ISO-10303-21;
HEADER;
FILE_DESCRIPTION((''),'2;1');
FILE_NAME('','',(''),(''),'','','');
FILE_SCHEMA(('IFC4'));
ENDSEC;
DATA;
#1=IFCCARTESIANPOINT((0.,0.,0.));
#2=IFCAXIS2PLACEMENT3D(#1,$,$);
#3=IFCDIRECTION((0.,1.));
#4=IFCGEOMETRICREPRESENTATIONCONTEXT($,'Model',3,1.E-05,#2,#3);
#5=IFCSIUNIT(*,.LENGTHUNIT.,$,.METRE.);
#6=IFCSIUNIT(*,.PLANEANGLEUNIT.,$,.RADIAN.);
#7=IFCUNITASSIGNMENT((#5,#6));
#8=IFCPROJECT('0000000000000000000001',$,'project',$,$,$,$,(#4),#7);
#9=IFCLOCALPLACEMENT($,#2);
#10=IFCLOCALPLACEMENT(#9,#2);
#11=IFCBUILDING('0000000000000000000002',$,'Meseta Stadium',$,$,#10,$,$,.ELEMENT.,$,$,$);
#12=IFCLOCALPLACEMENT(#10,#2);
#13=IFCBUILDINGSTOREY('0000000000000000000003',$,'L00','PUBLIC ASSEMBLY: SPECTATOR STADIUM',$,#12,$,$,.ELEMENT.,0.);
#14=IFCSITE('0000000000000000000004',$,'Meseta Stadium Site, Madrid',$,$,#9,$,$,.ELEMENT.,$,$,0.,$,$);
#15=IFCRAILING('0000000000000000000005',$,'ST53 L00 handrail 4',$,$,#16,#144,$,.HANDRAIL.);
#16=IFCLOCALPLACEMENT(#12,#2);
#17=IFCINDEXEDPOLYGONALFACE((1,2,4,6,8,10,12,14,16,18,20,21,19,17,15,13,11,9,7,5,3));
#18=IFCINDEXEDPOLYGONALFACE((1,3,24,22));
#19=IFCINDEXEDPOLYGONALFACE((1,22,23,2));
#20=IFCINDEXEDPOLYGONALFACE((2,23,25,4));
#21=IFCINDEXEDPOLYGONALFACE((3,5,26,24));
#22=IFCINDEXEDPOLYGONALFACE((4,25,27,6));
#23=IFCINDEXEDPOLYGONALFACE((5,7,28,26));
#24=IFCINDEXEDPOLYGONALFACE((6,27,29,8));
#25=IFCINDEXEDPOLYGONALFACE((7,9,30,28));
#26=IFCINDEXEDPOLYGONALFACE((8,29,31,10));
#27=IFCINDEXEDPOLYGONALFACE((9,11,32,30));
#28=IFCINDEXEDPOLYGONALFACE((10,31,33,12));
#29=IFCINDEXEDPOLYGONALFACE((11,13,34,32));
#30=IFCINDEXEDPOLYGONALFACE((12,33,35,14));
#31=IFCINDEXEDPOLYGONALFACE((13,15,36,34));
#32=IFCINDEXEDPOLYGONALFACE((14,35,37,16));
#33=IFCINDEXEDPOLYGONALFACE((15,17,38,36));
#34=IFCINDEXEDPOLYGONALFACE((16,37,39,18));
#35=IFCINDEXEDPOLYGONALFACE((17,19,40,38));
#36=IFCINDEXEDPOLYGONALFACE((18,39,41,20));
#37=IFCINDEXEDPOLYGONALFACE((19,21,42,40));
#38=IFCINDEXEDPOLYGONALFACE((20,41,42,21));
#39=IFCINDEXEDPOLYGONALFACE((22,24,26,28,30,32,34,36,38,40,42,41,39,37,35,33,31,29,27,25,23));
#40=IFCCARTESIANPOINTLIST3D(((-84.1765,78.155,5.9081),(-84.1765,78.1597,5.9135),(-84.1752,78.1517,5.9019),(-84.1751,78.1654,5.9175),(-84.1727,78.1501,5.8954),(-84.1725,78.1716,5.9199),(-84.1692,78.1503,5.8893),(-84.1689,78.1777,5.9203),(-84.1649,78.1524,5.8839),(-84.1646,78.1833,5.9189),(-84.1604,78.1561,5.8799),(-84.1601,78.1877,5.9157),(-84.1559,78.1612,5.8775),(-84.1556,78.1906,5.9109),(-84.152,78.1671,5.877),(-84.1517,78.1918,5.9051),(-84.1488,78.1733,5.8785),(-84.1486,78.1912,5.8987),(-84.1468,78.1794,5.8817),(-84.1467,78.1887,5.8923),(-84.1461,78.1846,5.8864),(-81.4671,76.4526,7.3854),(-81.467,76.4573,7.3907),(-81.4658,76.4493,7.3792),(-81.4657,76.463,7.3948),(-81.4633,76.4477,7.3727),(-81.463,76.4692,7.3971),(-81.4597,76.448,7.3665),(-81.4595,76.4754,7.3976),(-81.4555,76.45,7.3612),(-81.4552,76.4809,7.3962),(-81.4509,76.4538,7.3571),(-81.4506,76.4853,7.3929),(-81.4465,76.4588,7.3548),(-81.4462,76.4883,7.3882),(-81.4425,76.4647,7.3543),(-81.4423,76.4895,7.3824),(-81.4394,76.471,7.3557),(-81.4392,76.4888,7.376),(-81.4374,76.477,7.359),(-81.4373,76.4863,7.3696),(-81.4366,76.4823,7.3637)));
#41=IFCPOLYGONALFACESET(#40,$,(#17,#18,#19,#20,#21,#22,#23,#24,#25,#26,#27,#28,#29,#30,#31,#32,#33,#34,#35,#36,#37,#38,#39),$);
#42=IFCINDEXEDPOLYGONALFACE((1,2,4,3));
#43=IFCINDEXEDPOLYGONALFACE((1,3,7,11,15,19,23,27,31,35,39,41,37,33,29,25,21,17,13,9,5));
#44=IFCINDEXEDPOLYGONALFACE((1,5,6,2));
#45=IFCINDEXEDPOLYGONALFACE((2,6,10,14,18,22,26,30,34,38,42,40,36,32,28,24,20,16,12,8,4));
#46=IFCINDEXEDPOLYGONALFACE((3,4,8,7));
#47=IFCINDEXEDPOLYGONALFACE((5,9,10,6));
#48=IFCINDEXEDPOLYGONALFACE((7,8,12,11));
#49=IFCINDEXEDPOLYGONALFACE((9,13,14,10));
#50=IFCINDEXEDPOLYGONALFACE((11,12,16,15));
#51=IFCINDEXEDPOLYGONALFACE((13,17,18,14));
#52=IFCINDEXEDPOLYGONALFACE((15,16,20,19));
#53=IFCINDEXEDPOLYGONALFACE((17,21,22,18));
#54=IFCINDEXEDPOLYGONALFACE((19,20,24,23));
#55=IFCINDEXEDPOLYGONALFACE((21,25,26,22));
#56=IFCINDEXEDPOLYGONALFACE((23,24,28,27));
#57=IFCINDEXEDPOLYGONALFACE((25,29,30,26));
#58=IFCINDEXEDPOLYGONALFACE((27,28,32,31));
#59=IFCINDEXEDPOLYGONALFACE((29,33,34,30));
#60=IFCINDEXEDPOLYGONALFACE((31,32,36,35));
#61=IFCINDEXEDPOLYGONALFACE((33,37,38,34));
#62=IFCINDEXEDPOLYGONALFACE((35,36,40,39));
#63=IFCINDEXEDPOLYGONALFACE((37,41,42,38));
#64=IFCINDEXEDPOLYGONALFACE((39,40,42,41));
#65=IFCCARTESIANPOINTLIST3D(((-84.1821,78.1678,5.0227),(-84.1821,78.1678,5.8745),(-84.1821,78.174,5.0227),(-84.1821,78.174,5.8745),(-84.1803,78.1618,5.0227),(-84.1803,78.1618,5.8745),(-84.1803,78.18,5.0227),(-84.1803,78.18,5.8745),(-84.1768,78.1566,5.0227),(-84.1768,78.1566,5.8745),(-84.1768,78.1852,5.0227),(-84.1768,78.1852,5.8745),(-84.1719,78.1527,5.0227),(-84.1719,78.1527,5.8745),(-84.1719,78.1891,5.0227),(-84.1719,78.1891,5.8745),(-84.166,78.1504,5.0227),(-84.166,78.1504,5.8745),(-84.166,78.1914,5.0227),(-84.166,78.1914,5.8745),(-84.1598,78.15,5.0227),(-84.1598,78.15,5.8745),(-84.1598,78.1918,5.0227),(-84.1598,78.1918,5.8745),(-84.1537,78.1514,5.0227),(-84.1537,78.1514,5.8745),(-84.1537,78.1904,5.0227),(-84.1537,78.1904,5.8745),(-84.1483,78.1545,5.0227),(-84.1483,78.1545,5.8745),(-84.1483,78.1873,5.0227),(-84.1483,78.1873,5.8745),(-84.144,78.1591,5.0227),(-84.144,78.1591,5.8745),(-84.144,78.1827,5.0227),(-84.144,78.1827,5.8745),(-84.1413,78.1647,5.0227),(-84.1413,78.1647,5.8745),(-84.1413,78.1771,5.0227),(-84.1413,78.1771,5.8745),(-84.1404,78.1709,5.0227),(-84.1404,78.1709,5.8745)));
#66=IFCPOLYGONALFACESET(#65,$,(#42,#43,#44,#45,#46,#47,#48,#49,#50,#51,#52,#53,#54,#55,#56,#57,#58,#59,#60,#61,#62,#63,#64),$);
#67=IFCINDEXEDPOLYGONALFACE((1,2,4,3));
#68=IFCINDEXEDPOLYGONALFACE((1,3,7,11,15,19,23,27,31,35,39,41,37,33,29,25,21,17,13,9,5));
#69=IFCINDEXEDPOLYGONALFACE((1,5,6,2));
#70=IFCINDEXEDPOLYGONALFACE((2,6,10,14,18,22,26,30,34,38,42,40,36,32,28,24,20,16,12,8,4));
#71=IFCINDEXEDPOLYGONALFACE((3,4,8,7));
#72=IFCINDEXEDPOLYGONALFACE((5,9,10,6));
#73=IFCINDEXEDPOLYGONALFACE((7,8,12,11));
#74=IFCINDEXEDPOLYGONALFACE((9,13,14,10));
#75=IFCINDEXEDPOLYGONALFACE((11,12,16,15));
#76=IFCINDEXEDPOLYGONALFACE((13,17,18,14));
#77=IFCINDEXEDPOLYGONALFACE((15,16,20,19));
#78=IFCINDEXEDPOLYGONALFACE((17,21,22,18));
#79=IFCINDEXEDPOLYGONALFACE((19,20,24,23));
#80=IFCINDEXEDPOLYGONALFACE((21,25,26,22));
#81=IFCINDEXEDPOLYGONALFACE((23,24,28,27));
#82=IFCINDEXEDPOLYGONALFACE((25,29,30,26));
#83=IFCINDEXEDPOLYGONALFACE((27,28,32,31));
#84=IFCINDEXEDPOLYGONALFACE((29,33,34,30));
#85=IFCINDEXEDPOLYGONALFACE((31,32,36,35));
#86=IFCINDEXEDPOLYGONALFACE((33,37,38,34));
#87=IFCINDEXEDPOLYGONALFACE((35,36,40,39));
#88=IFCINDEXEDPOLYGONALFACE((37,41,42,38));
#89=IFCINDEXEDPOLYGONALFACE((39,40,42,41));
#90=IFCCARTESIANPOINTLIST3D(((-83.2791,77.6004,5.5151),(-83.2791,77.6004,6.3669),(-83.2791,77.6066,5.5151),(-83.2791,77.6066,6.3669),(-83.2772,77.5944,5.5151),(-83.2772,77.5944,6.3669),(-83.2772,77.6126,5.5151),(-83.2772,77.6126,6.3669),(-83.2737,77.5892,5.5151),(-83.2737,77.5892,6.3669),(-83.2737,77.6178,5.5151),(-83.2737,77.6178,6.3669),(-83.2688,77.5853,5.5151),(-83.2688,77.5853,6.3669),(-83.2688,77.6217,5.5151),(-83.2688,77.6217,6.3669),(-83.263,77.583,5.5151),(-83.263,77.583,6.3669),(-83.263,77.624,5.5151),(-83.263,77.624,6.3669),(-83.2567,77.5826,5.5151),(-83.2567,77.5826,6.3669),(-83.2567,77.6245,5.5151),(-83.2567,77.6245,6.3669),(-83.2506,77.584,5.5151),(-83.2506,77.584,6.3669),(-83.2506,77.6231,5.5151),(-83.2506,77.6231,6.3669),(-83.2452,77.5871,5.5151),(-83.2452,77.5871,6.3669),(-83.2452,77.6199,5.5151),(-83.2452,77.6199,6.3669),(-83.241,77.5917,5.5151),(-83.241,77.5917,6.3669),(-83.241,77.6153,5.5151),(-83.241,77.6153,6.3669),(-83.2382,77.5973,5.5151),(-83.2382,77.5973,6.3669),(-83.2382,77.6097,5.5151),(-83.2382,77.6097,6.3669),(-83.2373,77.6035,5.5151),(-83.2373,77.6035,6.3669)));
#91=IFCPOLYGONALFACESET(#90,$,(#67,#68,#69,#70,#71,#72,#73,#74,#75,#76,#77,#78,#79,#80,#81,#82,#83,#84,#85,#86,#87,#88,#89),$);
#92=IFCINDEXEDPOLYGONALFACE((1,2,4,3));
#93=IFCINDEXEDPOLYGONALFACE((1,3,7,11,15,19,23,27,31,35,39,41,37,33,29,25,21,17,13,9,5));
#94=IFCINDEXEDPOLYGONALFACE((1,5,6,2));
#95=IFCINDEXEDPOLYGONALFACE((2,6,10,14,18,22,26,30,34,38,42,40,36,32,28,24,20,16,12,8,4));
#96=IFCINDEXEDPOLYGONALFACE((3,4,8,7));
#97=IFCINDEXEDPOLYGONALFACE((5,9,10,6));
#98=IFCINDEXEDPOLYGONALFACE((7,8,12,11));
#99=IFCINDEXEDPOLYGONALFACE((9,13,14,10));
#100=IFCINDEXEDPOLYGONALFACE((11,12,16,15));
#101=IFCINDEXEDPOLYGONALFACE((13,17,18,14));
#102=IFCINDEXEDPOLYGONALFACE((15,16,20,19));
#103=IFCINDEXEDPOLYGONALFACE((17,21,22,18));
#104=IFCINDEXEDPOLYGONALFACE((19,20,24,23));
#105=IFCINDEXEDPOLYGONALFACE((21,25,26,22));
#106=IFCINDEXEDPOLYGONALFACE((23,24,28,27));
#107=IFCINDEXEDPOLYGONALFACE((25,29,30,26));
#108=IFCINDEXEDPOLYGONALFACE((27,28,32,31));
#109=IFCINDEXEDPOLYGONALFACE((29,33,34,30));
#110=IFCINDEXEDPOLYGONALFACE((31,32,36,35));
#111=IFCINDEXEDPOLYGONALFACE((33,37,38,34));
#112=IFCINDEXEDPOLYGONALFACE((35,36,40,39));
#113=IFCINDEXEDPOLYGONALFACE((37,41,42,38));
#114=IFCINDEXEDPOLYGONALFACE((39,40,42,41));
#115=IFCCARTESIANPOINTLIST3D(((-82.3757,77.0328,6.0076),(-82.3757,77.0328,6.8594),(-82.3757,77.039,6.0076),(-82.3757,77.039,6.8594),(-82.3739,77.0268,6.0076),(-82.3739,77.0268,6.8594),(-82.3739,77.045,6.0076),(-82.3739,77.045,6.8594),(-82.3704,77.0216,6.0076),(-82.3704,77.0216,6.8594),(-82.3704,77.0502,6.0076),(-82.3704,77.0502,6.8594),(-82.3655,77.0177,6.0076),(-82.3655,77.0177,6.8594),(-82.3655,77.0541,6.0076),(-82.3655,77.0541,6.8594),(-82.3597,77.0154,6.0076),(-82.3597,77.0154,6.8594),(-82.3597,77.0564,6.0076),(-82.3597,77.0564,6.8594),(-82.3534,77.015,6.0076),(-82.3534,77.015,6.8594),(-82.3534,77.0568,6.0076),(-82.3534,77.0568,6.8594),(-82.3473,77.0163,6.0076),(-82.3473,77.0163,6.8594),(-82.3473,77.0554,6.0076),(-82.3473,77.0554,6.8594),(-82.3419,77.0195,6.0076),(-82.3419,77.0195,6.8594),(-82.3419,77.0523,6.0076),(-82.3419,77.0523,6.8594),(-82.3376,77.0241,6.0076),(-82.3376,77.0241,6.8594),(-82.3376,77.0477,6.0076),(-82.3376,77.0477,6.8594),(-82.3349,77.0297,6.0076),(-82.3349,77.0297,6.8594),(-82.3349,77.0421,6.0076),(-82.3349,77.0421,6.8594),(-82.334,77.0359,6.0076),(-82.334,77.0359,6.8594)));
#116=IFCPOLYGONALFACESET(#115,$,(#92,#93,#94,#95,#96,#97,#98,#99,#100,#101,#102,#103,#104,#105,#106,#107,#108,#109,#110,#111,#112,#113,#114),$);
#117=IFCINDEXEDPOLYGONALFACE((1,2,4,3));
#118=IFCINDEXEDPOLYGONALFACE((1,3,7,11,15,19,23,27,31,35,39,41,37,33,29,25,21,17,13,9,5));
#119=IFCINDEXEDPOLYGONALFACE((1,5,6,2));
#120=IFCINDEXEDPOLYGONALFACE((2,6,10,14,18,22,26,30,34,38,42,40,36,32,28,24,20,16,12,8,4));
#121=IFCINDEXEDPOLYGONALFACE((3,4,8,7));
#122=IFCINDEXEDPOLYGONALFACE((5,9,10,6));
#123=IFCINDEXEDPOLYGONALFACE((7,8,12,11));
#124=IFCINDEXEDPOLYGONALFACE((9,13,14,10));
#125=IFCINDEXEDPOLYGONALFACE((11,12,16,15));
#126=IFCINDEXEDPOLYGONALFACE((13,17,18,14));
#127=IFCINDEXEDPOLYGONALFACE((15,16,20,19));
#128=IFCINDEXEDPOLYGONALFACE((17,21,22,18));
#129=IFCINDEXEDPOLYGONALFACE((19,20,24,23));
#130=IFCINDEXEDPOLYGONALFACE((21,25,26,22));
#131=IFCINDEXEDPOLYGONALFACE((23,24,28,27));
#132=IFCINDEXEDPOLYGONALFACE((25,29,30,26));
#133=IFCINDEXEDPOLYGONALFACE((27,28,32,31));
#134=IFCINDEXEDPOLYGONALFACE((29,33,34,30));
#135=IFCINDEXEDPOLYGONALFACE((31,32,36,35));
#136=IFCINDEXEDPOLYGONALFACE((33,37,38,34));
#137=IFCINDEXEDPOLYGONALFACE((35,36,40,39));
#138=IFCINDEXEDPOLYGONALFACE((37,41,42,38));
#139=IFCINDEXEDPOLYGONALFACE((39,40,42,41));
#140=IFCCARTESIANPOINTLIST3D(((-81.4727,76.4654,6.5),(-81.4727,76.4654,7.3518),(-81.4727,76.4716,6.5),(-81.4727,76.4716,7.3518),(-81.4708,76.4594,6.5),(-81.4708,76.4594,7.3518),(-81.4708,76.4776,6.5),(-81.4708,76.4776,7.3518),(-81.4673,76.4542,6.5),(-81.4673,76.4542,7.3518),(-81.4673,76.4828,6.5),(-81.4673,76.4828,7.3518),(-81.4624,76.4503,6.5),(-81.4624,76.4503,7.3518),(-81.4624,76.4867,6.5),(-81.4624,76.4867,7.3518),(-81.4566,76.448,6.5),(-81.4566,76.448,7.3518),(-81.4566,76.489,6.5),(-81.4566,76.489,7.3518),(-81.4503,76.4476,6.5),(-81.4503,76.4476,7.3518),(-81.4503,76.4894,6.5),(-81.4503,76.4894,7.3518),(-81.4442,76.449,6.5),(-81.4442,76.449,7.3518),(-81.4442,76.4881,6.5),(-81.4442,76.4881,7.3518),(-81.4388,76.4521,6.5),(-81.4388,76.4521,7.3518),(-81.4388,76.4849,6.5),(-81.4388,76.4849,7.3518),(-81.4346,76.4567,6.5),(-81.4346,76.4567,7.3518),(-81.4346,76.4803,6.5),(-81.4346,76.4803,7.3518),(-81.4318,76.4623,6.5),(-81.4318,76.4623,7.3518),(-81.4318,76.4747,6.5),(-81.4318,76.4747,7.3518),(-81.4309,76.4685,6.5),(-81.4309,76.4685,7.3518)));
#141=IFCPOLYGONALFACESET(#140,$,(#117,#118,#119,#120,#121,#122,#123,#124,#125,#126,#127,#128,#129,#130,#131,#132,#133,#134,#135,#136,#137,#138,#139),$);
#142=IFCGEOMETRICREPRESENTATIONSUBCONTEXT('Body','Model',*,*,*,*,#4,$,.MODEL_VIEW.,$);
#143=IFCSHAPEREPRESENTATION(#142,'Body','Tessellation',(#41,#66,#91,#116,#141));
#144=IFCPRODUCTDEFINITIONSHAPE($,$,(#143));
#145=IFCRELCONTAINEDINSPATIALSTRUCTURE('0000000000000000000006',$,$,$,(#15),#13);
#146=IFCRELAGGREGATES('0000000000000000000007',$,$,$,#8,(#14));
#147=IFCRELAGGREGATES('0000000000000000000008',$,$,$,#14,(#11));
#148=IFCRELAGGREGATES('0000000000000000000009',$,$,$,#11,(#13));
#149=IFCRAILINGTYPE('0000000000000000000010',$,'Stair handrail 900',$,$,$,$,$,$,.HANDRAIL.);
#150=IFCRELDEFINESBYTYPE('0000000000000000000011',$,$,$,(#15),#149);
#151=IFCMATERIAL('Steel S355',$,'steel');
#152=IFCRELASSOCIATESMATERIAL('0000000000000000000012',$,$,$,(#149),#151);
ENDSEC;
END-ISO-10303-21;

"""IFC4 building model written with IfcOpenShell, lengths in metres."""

from ifc_helpers import new_model, si_unit, direction, frame, origin, origin_2d, place, context, subcontext, project, spatial, circle, extrude, material, type_object, element, save


model = new_model("IFC4")

# Units and contexts
model_context = context("Model", 3, precision=1e-05, world=origin(), true_north=direction((0.0, 1.0)))
body_context = subcontext(model_context, "Body", "Model", "MODEL_VIEW")
ifc_project = project(units=[si_unit("LENGTHUNIT", "METRE"), si_unit("PLANEANGLEUNIT", "RADIAN")], contexts=[model_context])

# Site, building, storey
site_placement = place(None, origin())
site = spatial("IfcSite", under=ifc_project, at=site_placement, Name="Meseta Stadium Site, Madrid", CompositionType="ELEMENT", RefElevation=0.0)
building_placement = place(site_placement, origin())
building = spatial("IfcBuilding", under=site, at=building_placement, Name="Meseta Stadium", CompositionType="ELEMENT")
storey_placement = place(building_placement, origin())
storey = spatial("IfcBuildingStorey", under=building, at=storey_placement, Name="L00", Description="PUBLIC ASSEMBLY: SPECTATOR STADIUM", CompositionType="ELEMENT", Elevation=0.0)

# Railing
ifc_material_1 = material(Name="Steel S355", Category="steel")
railing_type_1 = type_object("IfcRailingType", Name="Stair handrail 900", PredefinedType="HANDRAIL", material=ifc_material_1)
for number, where, name in (
    (1, (-84.1614, 78.1709, 5.0227), "ST53 L00 handrail 4"),
):
    element("IfcRailing", number, at=place(storey_placement, frame(where)), inside=storey, type_object=railing_type_1, Name=name, PredefinedType="HANDRAIL", context=body_context, shape_type="SweptSolid", body=[
        extrude(circle(Radius=0.0239, at=origin_2d()), frame((0.0, 0.0, 0.876), z_axis=(0.768764, -0.483023, 0.419156), x_axis=(0.532014, 0.846736, 0.0)), (0.0, 0.0, 1.0), 3.5244),
        extrude(circle(Radius=0.021, at=origin_2d()), origin(), (0.0, 0.0, 1.0), 0.8518),
        extrude(circle(Radius=0.021, at=origin_2d()), frame((0.9031, -0.5674, 0.4924)), (0.0, 0.0, 1.0), 0.8518),
        extrude(circle(Radius=0.021, at=origin_2d()), frame((1.8064, -1.135, 0.9849)), (0.0, 0.0, 1.0), 0.8518),
        extrude(circle(Radius=0.021, at=origin_2d()), frame((2.7095, -1.7024, 1.4773)), (0.0, 0.0, 1.0), 0.8518),
    ])

save(model, "model.ifc")
